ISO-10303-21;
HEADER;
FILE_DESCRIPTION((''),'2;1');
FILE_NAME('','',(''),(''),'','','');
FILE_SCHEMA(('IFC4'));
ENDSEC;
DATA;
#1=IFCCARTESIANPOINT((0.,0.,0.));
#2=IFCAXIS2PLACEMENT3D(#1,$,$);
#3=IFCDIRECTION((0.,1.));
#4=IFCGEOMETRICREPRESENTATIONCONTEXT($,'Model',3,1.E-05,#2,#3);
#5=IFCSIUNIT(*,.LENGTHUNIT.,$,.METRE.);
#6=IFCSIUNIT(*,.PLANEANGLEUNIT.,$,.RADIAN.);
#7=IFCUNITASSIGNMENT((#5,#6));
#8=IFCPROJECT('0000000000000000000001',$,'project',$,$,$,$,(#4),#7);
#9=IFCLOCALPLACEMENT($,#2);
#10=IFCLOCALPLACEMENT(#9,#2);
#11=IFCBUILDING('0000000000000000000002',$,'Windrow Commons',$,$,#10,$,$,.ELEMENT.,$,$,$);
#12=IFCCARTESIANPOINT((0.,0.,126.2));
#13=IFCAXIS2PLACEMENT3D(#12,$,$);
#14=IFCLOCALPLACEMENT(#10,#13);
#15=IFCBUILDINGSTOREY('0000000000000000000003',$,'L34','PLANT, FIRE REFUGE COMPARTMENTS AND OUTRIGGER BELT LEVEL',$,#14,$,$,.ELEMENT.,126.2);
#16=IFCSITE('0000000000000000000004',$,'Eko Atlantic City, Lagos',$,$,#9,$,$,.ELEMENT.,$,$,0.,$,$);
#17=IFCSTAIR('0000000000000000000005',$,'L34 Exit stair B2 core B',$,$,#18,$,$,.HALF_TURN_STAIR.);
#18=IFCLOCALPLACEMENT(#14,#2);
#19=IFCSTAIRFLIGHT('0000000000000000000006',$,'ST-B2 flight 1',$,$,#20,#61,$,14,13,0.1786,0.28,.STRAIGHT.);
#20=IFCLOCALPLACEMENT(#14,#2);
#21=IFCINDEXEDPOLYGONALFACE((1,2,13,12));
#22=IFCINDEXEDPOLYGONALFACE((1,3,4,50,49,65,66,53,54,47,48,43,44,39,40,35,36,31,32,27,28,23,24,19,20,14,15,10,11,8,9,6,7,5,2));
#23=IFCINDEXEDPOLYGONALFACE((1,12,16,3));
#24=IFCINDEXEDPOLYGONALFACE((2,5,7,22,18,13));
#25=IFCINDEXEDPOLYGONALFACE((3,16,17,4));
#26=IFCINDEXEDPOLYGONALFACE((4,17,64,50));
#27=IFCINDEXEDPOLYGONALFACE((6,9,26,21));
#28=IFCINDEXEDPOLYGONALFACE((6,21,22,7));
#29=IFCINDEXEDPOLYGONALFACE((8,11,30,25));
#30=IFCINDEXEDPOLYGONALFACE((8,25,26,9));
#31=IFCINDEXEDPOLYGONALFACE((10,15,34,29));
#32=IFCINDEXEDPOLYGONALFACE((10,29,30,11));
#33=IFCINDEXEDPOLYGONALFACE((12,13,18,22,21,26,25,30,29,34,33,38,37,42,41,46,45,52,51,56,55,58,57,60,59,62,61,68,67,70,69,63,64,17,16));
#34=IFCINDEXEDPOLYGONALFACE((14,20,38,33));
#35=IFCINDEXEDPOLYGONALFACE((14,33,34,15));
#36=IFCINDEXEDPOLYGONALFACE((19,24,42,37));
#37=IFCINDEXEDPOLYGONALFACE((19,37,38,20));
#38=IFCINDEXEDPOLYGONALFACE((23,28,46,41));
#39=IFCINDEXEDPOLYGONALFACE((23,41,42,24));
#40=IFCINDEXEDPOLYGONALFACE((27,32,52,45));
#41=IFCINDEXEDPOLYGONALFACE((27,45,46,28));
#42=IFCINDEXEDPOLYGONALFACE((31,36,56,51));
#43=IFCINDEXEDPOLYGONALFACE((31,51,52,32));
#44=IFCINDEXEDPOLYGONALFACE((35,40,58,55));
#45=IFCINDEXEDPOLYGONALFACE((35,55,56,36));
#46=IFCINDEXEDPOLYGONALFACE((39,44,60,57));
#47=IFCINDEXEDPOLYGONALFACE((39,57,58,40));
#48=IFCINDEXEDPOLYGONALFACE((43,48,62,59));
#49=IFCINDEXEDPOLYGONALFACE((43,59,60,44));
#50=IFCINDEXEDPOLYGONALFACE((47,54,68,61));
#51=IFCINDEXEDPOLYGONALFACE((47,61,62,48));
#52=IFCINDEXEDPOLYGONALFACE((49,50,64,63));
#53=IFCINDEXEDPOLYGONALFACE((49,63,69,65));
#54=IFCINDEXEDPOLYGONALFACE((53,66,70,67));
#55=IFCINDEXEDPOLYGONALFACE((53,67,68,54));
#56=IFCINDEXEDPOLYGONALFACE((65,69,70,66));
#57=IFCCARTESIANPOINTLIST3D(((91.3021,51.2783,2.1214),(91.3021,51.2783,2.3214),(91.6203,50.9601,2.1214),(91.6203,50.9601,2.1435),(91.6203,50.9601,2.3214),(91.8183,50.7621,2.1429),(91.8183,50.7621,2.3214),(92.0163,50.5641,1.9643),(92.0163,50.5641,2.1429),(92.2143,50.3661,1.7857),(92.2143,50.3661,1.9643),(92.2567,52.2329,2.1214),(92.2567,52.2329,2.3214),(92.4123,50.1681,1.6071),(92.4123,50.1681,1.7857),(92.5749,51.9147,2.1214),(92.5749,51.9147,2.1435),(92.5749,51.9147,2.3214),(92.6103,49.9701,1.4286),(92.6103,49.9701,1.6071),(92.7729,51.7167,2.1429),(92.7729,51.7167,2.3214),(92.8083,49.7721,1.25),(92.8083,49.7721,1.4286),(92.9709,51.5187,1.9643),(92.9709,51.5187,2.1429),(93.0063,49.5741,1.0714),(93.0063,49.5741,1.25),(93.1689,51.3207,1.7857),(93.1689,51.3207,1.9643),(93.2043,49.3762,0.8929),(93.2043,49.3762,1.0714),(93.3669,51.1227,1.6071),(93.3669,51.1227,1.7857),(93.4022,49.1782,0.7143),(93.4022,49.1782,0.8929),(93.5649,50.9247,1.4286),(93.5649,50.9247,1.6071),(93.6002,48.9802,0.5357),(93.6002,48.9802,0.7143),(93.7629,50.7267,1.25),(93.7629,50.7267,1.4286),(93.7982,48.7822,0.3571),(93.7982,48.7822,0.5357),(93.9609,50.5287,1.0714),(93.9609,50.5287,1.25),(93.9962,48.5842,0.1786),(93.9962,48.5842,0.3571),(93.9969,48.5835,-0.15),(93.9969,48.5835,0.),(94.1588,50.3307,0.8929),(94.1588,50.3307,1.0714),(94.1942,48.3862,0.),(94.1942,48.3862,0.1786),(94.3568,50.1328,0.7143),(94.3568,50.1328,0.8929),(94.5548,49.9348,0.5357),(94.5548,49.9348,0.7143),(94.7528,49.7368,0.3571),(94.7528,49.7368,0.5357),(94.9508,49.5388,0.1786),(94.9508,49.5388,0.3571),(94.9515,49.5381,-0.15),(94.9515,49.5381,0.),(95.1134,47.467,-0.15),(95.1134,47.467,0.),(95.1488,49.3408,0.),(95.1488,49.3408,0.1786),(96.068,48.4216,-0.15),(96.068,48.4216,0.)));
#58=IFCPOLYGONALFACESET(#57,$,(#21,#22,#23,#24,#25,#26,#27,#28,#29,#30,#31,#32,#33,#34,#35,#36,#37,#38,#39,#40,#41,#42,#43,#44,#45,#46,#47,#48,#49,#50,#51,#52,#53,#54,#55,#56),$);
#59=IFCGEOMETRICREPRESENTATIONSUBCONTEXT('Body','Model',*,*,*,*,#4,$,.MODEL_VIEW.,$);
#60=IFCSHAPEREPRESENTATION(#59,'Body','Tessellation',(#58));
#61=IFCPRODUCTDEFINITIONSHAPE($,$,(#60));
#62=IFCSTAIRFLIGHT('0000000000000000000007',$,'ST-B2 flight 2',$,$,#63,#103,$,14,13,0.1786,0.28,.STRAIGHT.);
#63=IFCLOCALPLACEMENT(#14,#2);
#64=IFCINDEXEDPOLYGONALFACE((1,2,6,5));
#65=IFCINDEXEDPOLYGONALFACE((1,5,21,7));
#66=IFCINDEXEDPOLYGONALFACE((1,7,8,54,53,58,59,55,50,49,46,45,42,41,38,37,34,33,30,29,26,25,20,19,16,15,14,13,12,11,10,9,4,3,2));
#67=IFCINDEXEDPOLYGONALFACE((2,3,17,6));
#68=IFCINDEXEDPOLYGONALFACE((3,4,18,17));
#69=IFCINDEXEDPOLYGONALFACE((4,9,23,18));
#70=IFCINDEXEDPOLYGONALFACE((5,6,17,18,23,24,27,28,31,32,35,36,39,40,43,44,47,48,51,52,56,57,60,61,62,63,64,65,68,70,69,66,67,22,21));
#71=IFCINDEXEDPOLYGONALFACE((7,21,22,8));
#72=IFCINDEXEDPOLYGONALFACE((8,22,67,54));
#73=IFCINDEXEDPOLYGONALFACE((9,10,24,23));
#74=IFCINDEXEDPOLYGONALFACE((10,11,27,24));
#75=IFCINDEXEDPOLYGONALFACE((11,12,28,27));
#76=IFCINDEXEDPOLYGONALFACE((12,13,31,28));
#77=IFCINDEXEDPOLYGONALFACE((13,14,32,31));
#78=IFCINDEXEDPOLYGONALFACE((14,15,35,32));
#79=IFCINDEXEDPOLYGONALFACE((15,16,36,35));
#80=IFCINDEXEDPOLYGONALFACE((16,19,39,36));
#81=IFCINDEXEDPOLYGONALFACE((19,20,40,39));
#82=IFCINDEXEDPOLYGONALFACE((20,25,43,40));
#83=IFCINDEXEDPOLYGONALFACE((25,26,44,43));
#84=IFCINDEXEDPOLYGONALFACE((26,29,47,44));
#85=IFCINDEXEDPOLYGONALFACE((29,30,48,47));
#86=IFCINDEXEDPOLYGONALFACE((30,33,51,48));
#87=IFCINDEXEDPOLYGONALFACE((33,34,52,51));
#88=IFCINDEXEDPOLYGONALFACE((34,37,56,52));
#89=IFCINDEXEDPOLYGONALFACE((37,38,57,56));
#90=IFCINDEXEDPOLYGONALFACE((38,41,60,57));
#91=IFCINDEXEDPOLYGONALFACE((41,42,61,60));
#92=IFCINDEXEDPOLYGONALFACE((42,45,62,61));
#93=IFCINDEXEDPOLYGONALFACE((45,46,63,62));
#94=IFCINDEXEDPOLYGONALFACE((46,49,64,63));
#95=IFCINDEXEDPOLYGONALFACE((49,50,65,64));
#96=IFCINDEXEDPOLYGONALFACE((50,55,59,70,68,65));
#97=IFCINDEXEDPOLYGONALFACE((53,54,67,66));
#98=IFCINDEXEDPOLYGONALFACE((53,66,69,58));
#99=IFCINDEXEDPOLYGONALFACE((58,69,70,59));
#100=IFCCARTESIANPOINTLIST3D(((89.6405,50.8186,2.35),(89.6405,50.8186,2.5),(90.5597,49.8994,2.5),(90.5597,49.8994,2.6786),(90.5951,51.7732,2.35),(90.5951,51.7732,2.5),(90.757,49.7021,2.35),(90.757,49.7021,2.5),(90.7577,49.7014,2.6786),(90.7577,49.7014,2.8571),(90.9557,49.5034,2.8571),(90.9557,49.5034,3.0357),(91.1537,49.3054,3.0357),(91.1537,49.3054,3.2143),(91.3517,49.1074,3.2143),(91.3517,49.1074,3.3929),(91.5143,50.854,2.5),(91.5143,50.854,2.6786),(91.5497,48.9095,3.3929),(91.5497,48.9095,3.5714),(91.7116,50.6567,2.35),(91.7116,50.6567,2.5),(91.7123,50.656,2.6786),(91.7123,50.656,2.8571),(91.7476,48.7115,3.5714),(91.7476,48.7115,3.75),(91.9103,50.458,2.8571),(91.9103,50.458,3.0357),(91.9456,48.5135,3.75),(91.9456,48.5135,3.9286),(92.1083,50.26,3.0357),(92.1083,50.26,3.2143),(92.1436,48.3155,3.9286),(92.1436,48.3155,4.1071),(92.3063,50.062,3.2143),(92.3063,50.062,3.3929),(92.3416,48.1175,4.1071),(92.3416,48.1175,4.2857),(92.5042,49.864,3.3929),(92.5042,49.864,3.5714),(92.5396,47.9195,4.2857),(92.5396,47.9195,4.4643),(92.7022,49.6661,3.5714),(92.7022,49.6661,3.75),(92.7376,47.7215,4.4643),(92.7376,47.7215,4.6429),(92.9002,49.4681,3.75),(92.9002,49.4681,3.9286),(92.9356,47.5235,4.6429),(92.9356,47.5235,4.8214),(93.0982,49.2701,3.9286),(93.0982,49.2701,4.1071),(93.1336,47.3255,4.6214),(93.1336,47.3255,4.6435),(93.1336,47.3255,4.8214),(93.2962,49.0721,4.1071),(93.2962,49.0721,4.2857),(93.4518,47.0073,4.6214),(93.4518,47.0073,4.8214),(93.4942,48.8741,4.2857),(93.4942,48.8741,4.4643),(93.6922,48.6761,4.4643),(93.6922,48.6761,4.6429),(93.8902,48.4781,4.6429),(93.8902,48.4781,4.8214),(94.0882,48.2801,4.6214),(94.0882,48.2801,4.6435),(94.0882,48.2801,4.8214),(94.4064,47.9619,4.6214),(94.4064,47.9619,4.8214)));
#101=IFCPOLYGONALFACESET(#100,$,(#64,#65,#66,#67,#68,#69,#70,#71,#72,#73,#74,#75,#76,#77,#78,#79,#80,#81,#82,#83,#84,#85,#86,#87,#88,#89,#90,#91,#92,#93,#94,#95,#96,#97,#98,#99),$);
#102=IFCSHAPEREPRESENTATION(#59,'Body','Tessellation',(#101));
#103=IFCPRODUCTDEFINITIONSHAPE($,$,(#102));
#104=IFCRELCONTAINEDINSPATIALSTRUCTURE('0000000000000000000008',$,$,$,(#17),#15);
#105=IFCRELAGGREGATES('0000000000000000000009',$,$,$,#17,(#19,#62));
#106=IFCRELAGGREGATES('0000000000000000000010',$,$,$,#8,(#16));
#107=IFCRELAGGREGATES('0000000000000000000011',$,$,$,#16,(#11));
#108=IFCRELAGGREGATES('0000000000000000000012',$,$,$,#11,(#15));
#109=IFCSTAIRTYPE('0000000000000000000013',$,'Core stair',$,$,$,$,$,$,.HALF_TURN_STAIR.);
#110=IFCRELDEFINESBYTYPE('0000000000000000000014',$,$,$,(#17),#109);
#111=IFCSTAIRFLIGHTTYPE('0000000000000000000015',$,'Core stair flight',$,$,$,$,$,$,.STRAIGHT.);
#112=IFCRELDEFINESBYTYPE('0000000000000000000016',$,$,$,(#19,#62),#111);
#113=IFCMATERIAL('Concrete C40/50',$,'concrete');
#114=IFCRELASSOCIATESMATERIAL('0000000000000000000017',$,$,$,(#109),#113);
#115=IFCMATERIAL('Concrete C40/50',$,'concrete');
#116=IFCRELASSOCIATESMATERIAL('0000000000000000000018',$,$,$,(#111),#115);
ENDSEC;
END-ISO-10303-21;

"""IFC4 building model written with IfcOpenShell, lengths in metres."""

from ifc_helpers import new_model, si_unit, direction, frame, origin, place, context, subcontext, project, spatial, polyline, outline, extrude, material, type_object, element, aggregate, save


model = new_model("IFC4")

# Units and contexts
model_context = context("Model", 3, precision=1e-05, world=origin(), true_north=direction((0.0, 1.0)))
body_context = subcontext(model_context, "Body", "Model", "MODEL_VIEW")
ifc_project = project(units=[si_unit("LENGTHUNIT", "METRE"), si_unit("PLANEANGLEUNIT", "RADIAN")], contexts=[model_context])

# Site, building, storey
site_placement = place(None, origin())
site = spatial("IfcSite", under=ifc_project, at=site_placement, Name="Eko Atlantic City, Lagos", CompositionType="ELEMENT", RefElevation=0.0)
building_placement = place(site_placement, origin())
building = spatial("IfcBuilding", under=site, at=building_placement, Name="Windrow Commons", CompositionType="ELEMENT")
storey_placement = place(building_placement, frame((0.0, 0.0, 126.2)))
storey = spatial("IfcBuildingStorey", under=building, at=storey_placement, Name="L34", Description="PLANT, FIRE REFUGE COMPARTMENTS AND OUTRIGGER BELT LEVEL", CompositionType="ELEMENT", Elevation=126.2)

# Stair, stair flights
ifc_material_1 = material(Name="Concrete C40/50", Category="concrete")
stair_type = type_object("IfcStairType", Name="Core stair", PredefinedType="HALF_TURN_STAIR", material=ifc_material_1)
stair_placement = place(storey_placement, origin())
stair = element("IfcStair", 1, at=stair_placement, inside=storey, type_object=stair_type, Name="L34 Exit stair B2 core B", PredefinedType="HALF_TURN_STAIR")
ifc_material_2 = material(Name="Concrete C40/50", Category="concrete")
stair_flight_type = type_object("IfcStairFlightType", Name="Core stair flight", PredefinedType="STRAIGHT", material=ifc_material_2)
stair_flight_1_placement = place(storey_placement, frame((94.6715, 48.8635, 0.0), z_axis=(0.0, 0.0, 1.0), x_axis=(-0.707107, 0.707107, 0.0)))
stair_flight_1 = element("IfcStairFlight", 2, at=stair_flight_1_placement, type_object=stair_flight_type, Name="ST-B2 flight 1", NumberOfRisers=14, NumberOfTreads=13, PredefinedType="STRAIGHT", RiserHeight=0.1786, TreadLength=0.28, context=body_context, shape_type="SweptSolid", body=[
    extrude(outline(polyline([(-1.3, -0.15), (-1.3, 0.0), (0.0, 0.0), (0.0, 0.1786), (0.28, 0.1786), (0.28, 0.3571), (0.56, 0.3571), (0.56, 0.5357), (0.84, 0.5357), (0.84, 0.7143), (1.12, 0.7143), (1.12, 0.8929), (1.4, 0.8929), (1.4, 1.0714), (1.68, 1.0714), (1.68, 1.25), (1.96, 1.25), (1.96, 1.4286), (2.24, 1.4286), (2.24, 1.6071), (2.52, 1.6071), (2.52, 1.7857), (2.8, 1.7857), (2.8, 1.9643), (3.08, 1.9643), (3.08, 2.1429), (3.36, 2.1429), (3.36, 2.3214), (3.64, 2.3214), (4.09, 2.3214), (4.09, 2.1214), (3.64, 2.1214), (3.64, 2.1435), (0.279, 0.0), (0.279, -0.15), (-1.3, -0.15)])), frame((0.0, 0.675, 0.0), z_axis=(0.0, -1.0, 0.0), x_axis=(1.0, 0.0, 0.0)), (0.0, 0.0, 1.0), 1.35),
])
stair_flight_2_placement = place(storey_placement, frame((91.037, 50.3767, 2.5), z_axis=(0.0, 0.0, 1.0), x_axis=(0.707107, -0.707107, 0.0)))
stair_flight_2 = element("IfcStairFlight", 3, at=stair_flight_2_placement, type_object=stair_flight_type, Name="ST-B2 flight 2", NumberOfRisers=14, NumberOfTreads=13, PredefinedType="STRAIGHT", RiserHeight=0.1786, TreadLength=0.28, context=body_context, shape_type="SweptSolid", body=[
    extrude(outline(polyline([(-1.3, -0.15), (-1.3, 0.0), (0.0, 0.0), (0.0, 0.1786), (0.28, 0.1786), (0.28, 0.3571), (0.56, 0.3571), (0.56, 0.5357), (0.84, 0.5357), (0.84, 0.7143), (1.12, 0.7143), (1.12, 0.8929), (1.4, 0.8929), (1.4, 1.0714), (1.68, 1.0714), (1.68, 1.25), (1.96, 1.25), (1.96, 1.4286), (2.24, 1.4286), (2.24, 1.6071), (2.52, 1.6071), (2.52, 1.7857), (2.8, 1.7857), (2.8, 1.9643), (3.08, 1.9643), (3.08, 2.1429), (3.36, 2.1429), (3.36, 2.3214), (3.64, 2.3214), (4.09, 2.3214), (4.09, 2.1214), (3.64, 2.1214), (3.64, 2.1435), (0.279, 0.0), (0.279, -0.15), (-1.3, -0.15)])), frame((0.0, 0.675, 0.0), z_axis=(0.0, -1.0, 0.0), x_axis=(1.0, 0.0, 0.0)), (0.0, 0.0, 1.0), 1.35),
])
aggregate(stair, [stair_flight_1, stair_flight_2])

save(model, "model.ifc")
